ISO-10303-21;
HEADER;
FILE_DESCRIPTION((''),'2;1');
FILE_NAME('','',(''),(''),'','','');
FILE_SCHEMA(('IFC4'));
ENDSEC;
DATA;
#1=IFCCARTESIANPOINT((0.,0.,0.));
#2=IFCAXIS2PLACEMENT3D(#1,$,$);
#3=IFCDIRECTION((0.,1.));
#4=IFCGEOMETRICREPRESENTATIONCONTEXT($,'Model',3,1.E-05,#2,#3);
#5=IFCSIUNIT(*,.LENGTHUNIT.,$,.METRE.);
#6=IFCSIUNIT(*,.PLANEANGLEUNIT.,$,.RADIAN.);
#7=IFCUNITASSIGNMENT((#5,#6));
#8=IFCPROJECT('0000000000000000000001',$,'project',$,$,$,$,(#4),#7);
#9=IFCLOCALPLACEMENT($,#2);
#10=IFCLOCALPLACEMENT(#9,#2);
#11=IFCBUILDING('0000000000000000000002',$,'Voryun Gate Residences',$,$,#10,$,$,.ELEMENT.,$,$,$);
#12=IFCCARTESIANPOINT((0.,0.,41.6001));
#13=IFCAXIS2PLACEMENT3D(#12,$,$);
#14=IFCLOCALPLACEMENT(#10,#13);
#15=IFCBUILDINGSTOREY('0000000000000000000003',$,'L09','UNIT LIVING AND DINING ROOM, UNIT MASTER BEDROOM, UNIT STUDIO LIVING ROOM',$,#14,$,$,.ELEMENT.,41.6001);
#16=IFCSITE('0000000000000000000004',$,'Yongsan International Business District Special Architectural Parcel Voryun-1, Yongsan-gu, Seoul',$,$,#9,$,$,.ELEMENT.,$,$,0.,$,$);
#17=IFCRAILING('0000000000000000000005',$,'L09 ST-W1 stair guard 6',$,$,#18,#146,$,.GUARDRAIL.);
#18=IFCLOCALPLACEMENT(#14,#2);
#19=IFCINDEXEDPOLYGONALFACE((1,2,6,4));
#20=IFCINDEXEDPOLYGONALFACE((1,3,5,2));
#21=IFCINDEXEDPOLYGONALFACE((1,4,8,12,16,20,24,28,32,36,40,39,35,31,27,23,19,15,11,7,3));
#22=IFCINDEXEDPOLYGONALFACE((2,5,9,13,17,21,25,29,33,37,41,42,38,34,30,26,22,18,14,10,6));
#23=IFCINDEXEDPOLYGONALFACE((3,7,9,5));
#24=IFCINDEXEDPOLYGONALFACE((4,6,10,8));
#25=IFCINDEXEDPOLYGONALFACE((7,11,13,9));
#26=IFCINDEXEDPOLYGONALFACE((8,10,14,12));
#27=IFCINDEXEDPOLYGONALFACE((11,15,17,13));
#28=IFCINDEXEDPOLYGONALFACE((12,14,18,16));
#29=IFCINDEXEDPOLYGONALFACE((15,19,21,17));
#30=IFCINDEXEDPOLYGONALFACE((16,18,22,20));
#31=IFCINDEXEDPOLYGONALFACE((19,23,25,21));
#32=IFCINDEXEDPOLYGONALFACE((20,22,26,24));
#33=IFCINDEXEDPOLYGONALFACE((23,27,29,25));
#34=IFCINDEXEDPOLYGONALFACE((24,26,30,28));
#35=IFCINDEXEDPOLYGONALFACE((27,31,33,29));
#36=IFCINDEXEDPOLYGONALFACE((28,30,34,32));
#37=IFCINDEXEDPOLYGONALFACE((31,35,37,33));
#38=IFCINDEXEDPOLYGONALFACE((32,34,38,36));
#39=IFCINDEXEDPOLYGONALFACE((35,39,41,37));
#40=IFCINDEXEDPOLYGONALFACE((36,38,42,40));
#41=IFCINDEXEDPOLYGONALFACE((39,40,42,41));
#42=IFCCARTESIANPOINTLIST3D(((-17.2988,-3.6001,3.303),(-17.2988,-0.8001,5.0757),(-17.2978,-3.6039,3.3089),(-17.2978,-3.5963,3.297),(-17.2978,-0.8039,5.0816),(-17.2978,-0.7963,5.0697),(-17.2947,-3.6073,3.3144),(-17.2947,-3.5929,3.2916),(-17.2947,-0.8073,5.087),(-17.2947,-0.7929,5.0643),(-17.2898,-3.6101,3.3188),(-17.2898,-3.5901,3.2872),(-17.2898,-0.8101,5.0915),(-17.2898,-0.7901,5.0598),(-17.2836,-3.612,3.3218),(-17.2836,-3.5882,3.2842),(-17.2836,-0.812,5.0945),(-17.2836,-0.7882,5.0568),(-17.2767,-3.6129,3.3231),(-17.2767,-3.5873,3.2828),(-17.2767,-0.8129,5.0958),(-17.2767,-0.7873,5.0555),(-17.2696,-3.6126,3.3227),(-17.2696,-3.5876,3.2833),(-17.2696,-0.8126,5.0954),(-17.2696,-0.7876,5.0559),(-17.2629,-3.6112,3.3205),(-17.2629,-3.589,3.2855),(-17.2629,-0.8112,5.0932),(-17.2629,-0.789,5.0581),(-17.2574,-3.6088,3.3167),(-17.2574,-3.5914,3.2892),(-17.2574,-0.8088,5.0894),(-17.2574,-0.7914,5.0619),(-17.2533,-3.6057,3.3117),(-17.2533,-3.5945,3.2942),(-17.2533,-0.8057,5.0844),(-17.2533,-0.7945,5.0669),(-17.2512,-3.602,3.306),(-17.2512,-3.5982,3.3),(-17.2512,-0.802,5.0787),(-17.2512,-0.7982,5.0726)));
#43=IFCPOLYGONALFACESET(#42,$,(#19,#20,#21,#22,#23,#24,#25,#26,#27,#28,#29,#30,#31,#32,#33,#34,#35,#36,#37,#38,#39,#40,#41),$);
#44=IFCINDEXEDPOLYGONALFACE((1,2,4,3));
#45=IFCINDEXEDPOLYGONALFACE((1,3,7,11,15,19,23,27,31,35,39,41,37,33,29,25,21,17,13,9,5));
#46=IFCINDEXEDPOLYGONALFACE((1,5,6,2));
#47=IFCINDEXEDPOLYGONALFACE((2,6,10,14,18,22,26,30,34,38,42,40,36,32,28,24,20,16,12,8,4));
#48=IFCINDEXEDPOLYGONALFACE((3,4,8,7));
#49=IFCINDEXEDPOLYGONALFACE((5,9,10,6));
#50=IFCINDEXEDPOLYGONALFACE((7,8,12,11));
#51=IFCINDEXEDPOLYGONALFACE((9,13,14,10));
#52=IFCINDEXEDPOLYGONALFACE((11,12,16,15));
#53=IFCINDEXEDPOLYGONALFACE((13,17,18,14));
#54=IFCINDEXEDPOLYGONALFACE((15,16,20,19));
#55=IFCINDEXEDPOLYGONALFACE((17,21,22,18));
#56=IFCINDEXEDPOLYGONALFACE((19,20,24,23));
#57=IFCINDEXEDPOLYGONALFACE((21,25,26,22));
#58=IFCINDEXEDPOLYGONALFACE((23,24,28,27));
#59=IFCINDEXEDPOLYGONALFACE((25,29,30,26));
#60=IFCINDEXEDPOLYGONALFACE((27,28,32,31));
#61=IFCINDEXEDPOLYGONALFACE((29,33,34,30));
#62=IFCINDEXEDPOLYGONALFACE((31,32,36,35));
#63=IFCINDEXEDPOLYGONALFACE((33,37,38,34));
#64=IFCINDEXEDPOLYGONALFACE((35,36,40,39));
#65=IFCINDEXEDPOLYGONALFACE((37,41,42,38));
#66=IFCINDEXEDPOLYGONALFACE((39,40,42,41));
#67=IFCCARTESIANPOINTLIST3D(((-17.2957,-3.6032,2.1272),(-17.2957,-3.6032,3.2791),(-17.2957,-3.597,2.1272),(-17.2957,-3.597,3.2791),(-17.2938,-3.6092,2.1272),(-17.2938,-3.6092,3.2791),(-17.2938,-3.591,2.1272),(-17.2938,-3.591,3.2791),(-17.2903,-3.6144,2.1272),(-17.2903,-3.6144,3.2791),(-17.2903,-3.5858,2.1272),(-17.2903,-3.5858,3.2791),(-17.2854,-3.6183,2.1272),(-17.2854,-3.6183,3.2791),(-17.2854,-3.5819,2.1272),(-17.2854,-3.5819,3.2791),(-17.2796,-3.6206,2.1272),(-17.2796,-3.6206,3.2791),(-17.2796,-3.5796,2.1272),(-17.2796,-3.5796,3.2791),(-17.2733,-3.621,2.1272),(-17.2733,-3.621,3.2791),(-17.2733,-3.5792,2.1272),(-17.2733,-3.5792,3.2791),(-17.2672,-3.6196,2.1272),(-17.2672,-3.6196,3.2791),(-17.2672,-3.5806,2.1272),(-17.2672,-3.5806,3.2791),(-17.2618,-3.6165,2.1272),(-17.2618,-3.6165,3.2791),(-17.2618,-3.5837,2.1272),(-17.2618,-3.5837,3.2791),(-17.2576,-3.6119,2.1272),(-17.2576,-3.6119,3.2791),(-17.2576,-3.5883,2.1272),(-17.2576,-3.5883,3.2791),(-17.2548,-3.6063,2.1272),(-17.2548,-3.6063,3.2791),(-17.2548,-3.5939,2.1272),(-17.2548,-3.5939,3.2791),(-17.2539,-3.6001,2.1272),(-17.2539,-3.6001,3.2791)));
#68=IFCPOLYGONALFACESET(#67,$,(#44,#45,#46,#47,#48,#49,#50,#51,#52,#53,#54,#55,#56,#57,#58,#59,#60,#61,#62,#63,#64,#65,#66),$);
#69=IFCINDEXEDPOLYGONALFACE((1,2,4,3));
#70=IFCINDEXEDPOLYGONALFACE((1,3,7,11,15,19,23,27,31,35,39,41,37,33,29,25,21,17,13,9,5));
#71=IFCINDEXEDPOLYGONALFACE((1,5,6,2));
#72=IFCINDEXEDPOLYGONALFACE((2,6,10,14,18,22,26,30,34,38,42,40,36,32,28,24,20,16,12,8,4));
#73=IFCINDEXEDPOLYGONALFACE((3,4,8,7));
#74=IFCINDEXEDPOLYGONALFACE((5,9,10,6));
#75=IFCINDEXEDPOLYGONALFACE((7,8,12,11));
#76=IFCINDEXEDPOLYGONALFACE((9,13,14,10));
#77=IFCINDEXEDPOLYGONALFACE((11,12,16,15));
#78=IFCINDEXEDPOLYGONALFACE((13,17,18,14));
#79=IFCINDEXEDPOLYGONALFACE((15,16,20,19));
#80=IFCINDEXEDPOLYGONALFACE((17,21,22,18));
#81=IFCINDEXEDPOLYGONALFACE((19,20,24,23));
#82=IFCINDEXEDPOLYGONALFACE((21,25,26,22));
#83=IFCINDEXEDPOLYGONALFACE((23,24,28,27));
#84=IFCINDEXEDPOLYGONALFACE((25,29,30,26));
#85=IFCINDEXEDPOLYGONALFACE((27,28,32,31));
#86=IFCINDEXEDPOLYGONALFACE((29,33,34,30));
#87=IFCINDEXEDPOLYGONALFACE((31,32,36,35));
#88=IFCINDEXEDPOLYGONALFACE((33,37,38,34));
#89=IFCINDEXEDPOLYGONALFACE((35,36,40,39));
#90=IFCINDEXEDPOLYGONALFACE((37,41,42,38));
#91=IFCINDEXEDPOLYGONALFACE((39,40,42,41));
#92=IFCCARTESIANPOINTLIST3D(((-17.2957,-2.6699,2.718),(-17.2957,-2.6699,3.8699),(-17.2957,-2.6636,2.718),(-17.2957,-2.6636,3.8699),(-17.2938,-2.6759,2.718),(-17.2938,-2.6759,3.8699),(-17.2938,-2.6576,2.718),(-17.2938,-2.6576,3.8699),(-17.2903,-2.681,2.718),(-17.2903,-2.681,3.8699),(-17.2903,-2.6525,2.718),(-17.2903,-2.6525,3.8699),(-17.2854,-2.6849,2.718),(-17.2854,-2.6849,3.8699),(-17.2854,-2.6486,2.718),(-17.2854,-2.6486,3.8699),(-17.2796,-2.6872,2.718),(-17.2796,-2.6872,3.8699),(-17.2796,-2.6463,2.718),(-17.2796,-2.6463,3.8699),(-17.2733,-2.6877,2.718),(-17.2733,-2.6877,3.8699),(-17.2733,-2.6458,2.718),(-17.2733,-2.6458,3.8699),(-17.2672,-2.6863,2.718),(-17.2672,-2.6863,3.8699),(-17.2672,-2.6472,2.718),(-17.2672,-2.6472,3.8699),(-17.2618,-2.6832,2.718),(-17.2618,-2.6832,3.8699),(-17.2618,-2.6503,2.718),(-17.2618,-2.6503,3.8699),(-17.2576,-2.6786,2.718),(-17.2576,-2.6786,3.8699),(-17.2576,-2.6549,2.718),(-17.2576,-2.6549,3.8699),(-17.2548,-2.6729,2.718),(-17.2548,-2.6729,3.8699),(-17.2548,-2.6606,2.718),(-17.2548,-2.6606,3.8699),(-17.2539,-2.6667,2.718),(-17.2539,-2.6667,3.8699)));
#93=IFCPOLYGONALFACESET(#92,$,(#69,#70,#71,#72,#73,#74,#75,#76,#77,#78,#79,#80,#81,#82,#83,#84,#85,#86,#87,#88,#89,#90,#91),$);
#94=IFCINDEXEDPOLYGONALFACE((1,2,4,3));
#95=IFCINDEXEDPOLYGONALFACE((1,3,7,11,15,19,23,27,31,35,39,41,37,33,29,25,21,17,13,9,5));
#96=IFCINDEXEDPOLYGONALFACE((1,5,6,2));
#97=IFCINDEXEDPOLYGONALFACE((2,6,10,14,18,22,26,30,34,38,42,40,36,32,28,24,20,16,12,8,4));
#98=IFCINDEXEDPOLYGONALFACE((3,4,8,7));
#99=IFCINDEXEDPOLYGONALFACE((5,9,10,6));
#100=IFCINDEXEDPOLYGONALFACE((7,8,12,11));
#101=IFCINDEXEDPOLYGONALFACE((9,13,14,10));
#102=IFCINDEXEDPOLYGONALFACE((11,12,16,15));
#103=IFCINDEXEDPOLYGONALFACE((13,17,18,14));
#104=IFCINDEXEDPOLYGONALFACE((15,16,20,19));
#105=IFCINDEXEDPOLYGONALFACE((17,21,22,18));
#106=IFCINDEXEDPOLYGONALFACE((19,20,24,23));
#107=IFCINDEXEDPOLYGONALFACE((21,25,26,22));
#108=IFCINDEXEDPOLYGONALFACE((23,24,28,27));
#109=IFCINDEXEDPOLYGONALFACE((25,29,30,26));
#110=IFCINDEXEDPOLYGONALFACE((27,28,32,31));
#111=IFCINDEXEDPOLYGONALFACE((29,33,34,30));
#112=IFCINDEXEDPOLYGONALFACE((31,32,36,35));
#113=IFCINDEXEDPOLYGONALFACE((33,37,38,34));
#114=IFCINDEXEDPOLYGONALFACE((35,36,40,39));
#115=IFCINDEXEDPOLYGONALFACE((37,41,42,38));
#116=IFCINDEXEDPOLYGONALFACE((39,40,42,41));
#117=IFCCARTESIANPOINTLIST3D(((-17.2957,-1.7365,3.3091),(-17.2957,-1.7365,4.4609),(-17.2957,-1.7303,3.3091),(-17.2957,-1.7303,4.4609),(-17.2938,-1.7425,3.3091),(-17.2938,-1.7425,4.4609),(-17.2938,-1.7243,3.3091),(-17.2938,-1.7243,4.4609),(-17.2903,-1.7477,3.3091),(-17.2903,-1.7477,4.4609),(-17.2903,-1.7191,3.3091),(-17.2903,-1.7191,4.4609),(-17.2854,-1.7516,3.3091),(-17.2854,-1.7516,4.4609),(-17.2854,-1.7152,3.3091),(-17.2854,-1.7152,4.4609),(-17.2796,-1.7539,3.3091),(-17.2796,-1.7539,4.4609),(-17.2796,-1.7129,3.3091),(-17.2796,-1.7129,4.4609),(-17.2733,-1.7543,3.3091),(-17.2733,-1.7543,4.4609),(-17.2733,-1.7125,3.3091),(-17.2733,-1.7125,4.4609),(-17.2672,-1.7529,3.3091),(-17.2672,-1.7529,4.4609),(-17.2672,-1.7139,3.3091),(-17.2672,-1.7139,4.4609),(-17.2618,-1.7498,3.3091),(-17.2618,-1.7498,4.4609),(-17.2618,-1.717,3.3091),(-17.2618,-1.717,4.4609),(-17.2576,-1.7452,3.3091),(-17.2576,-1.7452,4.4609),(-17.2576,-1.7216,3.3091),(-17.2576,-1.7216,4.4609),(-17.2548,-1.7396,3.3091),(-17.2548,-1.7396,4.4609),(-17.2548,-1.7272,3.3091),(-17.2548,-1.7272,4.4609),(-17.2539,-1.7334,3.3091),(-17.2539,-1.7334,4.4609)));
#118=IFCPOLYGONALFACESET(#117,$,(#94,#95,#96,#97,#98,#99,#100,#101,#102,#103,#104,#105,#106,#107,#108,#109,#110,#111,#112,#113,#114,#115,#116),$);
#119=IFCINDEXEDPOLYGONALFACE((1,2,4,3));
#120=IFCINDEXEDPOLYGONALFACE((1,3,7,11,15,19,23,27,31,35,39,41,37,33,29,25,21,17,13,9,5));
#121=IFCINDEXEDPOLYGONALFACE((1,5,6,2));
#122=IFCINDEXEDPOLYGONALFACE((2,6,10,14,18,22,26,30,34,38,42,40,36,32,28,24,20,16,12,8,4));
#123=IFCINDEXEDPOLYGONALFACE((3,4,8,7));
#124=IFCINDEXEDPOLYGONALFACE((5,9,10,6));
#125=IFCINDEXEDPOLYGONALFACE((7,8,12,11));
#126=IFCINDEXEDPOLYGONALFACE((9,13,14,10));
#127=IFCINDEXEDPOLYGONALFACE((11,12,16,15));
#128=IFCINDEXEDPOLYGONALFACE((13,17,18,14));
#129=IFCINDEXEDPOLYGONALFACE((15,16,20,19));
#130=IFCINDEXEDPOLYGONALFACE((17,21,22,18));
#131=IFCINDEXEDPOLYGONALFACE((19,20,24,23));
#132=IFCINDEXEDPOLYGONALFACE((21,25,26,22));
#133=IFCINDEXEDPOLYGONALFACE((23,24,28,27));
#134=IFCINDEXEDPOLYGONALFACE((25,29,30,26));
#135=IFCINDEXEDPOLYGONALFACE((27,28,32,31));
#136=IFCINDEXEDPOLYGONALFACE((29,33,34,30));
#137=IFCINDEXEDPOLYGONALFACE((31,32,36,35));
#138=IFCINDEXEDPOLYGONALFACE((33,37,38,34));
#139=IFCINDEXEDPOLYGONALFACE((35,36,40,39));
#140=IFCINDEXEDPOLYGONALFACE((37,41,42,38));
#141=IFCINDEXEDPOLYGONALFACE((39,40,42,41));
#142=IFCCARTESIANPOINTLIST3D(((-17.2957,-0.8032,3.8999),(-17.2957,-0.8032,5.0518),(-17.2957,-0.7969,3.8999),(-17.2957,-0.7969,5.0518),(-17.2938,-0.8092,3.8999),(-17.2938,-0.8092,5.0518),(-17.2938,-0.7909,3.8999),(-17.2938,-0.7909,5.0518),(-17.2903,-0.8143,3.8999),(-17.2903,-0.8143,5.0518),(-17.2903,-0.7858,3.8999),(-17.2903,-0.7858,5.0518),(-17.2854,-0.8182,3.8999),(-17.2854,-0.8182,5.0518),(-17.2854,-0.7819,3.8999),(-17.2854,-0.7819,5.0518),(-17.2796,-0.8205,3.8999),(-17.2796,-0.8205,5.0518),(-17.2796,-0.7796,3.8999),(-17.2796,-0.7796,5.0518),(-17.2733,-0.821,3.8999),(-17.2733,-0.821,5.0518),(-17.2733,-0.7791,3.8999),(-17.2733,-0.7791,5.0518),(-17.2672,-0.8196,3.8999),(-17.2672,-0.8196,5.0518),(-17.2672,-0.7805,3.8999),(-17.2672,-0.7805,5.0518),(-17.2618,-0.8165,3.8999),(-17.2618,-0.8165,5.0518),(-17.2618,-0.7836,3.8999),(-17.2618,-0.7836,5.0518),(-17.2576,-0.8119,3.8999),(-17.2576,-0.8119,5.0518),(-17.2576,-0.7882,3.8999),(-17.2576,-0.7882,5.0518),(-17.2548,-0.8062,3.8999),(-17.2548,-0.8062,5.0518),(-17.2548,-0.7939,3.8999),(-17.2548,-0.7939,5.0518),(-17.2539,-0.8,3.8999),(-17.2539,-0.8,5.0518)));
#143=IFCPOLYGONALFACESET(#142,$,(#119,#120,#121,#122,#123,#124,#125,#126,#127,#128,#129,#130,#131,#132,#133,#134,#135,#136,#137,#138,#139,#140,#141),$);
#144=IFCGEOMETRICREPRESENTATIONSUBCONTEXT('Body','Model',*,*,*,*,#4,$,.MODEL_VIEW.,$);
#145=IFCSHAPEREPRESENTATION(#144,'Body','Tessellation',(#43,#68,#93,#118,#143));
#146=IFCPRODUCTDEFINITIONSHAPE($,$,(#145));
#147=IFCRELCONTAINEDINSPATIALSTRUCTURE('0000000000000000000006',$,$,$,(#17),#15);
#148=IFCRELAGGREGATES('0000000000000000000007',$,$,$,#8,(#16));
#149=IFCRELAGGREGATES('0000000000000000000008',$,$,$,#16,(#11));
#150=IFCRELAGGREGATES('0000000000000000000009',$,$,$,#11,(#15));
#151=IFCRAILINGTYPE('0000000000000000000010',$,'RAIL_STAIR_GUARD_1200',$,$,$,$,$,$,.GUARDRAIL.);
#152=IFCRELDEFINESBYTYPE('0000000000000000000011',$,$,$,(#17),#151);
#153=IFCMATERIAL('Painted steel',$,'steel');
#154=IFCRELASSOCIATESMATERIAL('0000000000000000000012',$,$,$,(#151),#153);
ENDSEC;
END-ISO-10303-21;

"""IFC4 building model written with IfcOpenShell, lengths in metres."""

from ifc_helpers import new_model, si_unit, direction, frame, origin, origin_2d, place, context, subcontext, project, spatial, circle, extrude, material, type_object, element, save


model = new_model("IFC4")

# Units and contexts
model_context = context("Model", 3, precision=1e-05, world=origin(), true_north=direction((0.0, 1.0)))
body_context = subcontext(model_context, "Body", "Model", "MODEL_VIEW")
ifc_project = project(units=[si_unit("LENGTHUNIT", "METRE"), si_unit("PLANEANGLEUNIT", "RADIAN")], contexts=[model_context])

# Site, building, storey
site_placement = place(None, origin())
site = spatial("IfcSite", under=ifc_project, at=site_placement, Name="Yongsan International Business District Special Architectural Parcel Voryun-1, Yongsan-gu, Seoul", CompositionType="ELEMENT", RefElevation=0.0)
building_placement = place(site_placement, origin())
building = spatial("IfcBuilding", under=site, at=building_placement, Name="Voryun Gate Residences", CompositionType="ELEMENT")
storey_placement = place(building_placement, frame((0.0, 0.0, 41.6001)))
storey = spatial("IfcBuildingStorey", under=building, at=storey_placement, Name="L09", Description="UNIT LIVING AND DINING ROOM, UNIT MASTER BEDROOM, UNIT STUDIO LIVING ROOM", CompositionType="ELEMENT", Elevation=41.6001)

# Railing
ifc_material_1 = material(Name="Painted steel", Category="steel")
railing_type_1 = type_object("IfcRailingType", Name="RAIL_STAIR_GUARD_1200", PredefinedType="GUARDRAIL", material=ifc_material_1)
railing_1_placement = place(storey_placement, frame((-17.2749, -3.6001, 2.1272)))
element("IfcRailing", 1, at=railing_1_placement, inside=storey, type_object=railing_type_1, Name="L09 ST-W1 stair guard 6", PredefinedType="GUARDRAIL", context=body_context, shape_type="SweptSolid", body=[
    extrude(circle(Radius=0.0239, at=origin_2d()), frame((0.0, 0.0, 1.1758), z_axis=(0.0, 0.844909, 0.53491), x_axis=(-1.0, 0.0, 0.0)), (0.0, 0.0, 1.0), 3.314),
    extrude(circle(Radius=0.021, at=origin_2d()), origin(), (0.0, 0.0, 1.0), 1.1519),
    extrude(circle(Radius=0.021, at=origin_2d()), frame((0.0, 0.9333, 0.5908)), (0.0, 0.0, 1.0), 1.1519),
    extrude(circle(Radius=0.021, at=origin_2d()), frame((0.0, 1.8667, 1.1819)), (0.0, 0.0, 1.0), 1.1519),
    extrude(circle(Radius=0.021, at=origin_2d()), frame((0.0, 2.8, 1.7727)), (0.0, 0.0, 1.0), 1.1519),
])

save(model, "model.ifc")
